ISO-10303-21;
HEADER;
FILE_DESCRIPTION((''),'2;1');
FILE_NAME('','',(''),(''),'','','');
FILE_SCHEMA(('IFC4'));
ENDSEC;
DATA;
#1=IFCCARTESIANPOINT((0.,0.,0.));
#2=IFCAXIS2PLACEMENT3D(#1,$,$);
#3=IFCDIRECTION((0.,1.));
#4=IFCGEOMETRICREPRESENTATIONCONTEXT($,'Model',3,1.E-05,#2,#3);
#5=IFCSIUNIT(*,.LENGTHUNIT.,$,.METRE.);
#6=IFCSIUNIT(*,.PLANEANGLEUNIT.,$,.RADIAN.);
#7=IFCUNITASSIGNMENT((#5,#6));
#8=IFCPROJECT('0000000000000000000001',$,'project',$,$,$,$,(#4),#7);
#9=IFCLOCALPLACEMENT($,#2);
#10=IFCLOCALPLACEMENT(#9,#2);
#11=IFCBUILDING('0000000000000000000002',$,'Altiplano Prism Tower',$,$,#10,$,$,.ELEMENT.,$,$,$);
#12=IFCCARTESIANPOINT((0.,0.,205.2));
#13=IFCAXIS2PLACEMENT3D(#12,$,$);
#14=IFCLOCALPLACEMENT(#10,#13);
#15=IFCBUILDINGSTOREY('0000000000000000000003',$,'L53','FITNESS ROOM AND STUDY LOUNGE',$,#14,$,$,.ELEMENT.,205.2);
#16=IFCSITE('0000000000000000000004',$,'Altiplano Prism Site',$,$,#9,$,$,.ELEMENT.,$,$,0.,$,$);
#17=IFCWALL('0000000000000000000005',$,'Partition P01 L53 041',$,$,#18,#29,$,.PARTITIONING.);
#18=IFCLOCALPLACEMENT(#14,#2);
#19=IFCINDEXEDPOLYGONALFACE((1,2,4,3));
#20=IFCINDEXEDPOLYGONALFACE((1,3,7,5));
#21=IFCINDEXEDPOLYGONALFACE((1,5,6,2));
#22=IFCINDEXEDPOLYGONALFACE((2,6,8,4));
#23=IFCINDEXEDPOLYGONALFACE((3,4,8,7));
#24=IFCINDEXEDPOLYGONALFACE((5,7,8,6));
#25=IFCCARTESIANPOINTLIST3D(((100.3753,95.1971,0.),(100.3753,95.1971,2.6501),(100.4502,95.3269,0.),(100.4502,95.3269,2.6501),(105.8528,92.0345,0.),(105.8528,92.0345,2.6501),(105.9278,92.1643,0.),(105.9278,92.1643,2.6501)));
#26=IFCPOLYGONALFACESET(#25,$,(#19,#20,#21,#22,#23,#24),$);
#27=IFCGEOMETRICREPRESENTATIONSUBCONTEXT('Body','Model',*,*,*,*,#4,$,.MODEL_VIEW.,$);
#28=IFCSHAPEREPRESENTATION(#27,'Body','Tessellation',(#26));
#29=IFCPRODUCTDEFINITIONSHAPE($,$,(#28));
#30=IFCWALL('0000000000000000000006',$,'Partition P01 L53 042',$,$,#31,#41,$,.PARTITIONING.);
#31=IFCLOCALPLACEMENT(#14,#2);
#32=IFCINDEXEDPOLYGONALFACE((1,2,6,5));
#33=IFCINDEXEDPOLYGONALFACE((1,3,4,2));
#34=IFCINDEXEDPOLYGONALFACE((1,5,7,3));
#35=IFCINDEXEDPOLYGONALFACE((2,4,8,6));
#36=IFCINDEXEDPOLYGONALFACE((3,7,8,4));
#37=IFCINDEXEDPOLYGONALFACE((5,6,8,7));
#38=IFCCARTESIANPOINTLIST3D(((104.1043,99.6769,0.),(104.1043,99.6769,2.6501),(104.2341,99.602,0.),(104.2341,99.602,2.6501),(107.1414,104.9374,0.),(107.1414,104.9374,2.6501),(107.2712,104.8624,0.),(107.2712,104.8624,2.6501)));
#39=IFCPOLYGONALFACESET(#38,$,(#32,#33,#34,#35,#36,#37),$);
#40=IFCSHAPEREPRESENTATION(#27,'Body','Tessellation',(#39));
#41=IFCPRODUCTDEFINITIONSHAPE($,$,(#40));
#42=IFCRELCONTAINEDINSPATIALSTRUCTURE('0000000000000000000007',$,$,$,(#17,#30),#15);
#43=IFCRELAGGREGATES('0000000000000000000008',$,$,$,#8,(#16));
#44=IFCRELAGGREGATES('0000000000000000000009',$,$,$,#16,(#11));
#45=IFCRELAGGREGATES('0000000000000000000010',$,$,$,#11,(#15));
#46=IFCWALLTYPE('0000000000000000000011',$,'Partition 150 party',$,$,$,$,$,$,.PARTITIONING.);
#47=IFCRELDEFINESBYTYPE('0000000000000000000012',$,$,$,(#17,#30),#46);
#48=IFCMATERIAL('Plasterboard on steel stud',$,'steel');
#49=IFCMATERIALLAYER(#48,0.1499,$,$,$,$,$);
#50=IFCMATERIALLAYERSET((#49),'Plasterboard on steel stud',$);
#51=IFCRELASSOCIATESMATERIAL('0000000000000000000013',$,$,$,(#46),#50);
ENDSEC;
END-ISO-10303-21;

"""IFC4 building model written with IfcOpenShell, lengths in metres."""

from ifc_helpers import new_model, si_unit, direction, frame, frame_2d, origin, place, context, subcontext, project, spatial, rectangle, extrude, material, layer, layer_set, type_object, element, save


model = new_model("IFC4")

# Units and contexts
model_context = context("Model", 3, precision=1e-05, world=origin(), true_north=direction((0.0, 1.0)))
body_context = subcontext(model_context, "Body", "Model", "MODEL_VIEW")
ifc_project = project(units=[si_unit("LENGTHUNIT", "METRE"), si_unit("PLANEANGLEUNIT", "RADIAN")], contexts=[model_context])

# Site, building, storey
site_placement = place(None, origin())
site = spatial("IfcSite", under=ifc_project, at=site_placement, Name="Altiplano Prism Site", CompositionType="ELEMENT", RefElevation=0.0)
building_placement = place(site_placement, origin())
building = spatial("IfcBuilding", under=site, at=building_placement, Name="Altiplano Prism Tower", CompositionType="ELEMENT")
storey_placement = place(building_placement, frame((0.0, 0.0, 205.2)))
storey = spatial("IfcBuildingStorey", under=building, at=storey_placement, Name="L53", Description="FITNESS ROOM AND STUDY LOUNGE", CompositionType="ELEMENT", Elevation=205.2)

# Shared definitions
ifc_material_1 = material(Name="Plasterboard on steel stud", Category="steel")

# Walls
ifc_layer_1 = layer(ifc_material_1, 0.1499)
ifc_layer_set_1 = layer_set([ifc_layer_1], Name="Plasterboard on steel stud")
wall_type_1 = type_object("IfcWallType", Name="Partition 150 party", PredefinedType="PARTITIONING", material=ifc_layer_set_1)
wall_1_placement = place(storey_placement, frame((105.8904, 92.0994, 0.0), z_axis=(0.0, 0.0, 1.0), x_axis=(-0.866016, 0.500016, 0.0)))
element("IfcWall", 1, at=wall_1_placement, inside=storey, type_object=wall_type_1, Name="Partition P01 L53 041", PredefinedType="PARTITIONING", context=body_context, shape_type="SweptSolid", body=[
    extrude(rectangle(XDim=6.325, YDim=0.1499, at=frame_2d((3.1626, 0.0))), origin(), (0.0, 0.0, 1.0), 2.6501),
])
wall_2_placement = place(storey_placement, frame((107.2063, 104.8999, 0.0), z_axis=(0.0, 0.0, 1.0), x_axis=(-0.499995, -0.866028, 0.0)))
element("IfcWall", 2, at=wall_2_placement, inside=storey, type_object=wall_type_1, Name="Partition P01 L53 042", PredefinedType="PARTITIONING", context=body_context, shape_type="SweptSolid", body=[
    extrude(rectangle(XDim=6.0742, YDim=0.1499, at=frame_2d((3.0371, 0.0))), origin(), (0.0, 0.0, 1.0), 2.6501),
])

save(model, "model.ifc")
